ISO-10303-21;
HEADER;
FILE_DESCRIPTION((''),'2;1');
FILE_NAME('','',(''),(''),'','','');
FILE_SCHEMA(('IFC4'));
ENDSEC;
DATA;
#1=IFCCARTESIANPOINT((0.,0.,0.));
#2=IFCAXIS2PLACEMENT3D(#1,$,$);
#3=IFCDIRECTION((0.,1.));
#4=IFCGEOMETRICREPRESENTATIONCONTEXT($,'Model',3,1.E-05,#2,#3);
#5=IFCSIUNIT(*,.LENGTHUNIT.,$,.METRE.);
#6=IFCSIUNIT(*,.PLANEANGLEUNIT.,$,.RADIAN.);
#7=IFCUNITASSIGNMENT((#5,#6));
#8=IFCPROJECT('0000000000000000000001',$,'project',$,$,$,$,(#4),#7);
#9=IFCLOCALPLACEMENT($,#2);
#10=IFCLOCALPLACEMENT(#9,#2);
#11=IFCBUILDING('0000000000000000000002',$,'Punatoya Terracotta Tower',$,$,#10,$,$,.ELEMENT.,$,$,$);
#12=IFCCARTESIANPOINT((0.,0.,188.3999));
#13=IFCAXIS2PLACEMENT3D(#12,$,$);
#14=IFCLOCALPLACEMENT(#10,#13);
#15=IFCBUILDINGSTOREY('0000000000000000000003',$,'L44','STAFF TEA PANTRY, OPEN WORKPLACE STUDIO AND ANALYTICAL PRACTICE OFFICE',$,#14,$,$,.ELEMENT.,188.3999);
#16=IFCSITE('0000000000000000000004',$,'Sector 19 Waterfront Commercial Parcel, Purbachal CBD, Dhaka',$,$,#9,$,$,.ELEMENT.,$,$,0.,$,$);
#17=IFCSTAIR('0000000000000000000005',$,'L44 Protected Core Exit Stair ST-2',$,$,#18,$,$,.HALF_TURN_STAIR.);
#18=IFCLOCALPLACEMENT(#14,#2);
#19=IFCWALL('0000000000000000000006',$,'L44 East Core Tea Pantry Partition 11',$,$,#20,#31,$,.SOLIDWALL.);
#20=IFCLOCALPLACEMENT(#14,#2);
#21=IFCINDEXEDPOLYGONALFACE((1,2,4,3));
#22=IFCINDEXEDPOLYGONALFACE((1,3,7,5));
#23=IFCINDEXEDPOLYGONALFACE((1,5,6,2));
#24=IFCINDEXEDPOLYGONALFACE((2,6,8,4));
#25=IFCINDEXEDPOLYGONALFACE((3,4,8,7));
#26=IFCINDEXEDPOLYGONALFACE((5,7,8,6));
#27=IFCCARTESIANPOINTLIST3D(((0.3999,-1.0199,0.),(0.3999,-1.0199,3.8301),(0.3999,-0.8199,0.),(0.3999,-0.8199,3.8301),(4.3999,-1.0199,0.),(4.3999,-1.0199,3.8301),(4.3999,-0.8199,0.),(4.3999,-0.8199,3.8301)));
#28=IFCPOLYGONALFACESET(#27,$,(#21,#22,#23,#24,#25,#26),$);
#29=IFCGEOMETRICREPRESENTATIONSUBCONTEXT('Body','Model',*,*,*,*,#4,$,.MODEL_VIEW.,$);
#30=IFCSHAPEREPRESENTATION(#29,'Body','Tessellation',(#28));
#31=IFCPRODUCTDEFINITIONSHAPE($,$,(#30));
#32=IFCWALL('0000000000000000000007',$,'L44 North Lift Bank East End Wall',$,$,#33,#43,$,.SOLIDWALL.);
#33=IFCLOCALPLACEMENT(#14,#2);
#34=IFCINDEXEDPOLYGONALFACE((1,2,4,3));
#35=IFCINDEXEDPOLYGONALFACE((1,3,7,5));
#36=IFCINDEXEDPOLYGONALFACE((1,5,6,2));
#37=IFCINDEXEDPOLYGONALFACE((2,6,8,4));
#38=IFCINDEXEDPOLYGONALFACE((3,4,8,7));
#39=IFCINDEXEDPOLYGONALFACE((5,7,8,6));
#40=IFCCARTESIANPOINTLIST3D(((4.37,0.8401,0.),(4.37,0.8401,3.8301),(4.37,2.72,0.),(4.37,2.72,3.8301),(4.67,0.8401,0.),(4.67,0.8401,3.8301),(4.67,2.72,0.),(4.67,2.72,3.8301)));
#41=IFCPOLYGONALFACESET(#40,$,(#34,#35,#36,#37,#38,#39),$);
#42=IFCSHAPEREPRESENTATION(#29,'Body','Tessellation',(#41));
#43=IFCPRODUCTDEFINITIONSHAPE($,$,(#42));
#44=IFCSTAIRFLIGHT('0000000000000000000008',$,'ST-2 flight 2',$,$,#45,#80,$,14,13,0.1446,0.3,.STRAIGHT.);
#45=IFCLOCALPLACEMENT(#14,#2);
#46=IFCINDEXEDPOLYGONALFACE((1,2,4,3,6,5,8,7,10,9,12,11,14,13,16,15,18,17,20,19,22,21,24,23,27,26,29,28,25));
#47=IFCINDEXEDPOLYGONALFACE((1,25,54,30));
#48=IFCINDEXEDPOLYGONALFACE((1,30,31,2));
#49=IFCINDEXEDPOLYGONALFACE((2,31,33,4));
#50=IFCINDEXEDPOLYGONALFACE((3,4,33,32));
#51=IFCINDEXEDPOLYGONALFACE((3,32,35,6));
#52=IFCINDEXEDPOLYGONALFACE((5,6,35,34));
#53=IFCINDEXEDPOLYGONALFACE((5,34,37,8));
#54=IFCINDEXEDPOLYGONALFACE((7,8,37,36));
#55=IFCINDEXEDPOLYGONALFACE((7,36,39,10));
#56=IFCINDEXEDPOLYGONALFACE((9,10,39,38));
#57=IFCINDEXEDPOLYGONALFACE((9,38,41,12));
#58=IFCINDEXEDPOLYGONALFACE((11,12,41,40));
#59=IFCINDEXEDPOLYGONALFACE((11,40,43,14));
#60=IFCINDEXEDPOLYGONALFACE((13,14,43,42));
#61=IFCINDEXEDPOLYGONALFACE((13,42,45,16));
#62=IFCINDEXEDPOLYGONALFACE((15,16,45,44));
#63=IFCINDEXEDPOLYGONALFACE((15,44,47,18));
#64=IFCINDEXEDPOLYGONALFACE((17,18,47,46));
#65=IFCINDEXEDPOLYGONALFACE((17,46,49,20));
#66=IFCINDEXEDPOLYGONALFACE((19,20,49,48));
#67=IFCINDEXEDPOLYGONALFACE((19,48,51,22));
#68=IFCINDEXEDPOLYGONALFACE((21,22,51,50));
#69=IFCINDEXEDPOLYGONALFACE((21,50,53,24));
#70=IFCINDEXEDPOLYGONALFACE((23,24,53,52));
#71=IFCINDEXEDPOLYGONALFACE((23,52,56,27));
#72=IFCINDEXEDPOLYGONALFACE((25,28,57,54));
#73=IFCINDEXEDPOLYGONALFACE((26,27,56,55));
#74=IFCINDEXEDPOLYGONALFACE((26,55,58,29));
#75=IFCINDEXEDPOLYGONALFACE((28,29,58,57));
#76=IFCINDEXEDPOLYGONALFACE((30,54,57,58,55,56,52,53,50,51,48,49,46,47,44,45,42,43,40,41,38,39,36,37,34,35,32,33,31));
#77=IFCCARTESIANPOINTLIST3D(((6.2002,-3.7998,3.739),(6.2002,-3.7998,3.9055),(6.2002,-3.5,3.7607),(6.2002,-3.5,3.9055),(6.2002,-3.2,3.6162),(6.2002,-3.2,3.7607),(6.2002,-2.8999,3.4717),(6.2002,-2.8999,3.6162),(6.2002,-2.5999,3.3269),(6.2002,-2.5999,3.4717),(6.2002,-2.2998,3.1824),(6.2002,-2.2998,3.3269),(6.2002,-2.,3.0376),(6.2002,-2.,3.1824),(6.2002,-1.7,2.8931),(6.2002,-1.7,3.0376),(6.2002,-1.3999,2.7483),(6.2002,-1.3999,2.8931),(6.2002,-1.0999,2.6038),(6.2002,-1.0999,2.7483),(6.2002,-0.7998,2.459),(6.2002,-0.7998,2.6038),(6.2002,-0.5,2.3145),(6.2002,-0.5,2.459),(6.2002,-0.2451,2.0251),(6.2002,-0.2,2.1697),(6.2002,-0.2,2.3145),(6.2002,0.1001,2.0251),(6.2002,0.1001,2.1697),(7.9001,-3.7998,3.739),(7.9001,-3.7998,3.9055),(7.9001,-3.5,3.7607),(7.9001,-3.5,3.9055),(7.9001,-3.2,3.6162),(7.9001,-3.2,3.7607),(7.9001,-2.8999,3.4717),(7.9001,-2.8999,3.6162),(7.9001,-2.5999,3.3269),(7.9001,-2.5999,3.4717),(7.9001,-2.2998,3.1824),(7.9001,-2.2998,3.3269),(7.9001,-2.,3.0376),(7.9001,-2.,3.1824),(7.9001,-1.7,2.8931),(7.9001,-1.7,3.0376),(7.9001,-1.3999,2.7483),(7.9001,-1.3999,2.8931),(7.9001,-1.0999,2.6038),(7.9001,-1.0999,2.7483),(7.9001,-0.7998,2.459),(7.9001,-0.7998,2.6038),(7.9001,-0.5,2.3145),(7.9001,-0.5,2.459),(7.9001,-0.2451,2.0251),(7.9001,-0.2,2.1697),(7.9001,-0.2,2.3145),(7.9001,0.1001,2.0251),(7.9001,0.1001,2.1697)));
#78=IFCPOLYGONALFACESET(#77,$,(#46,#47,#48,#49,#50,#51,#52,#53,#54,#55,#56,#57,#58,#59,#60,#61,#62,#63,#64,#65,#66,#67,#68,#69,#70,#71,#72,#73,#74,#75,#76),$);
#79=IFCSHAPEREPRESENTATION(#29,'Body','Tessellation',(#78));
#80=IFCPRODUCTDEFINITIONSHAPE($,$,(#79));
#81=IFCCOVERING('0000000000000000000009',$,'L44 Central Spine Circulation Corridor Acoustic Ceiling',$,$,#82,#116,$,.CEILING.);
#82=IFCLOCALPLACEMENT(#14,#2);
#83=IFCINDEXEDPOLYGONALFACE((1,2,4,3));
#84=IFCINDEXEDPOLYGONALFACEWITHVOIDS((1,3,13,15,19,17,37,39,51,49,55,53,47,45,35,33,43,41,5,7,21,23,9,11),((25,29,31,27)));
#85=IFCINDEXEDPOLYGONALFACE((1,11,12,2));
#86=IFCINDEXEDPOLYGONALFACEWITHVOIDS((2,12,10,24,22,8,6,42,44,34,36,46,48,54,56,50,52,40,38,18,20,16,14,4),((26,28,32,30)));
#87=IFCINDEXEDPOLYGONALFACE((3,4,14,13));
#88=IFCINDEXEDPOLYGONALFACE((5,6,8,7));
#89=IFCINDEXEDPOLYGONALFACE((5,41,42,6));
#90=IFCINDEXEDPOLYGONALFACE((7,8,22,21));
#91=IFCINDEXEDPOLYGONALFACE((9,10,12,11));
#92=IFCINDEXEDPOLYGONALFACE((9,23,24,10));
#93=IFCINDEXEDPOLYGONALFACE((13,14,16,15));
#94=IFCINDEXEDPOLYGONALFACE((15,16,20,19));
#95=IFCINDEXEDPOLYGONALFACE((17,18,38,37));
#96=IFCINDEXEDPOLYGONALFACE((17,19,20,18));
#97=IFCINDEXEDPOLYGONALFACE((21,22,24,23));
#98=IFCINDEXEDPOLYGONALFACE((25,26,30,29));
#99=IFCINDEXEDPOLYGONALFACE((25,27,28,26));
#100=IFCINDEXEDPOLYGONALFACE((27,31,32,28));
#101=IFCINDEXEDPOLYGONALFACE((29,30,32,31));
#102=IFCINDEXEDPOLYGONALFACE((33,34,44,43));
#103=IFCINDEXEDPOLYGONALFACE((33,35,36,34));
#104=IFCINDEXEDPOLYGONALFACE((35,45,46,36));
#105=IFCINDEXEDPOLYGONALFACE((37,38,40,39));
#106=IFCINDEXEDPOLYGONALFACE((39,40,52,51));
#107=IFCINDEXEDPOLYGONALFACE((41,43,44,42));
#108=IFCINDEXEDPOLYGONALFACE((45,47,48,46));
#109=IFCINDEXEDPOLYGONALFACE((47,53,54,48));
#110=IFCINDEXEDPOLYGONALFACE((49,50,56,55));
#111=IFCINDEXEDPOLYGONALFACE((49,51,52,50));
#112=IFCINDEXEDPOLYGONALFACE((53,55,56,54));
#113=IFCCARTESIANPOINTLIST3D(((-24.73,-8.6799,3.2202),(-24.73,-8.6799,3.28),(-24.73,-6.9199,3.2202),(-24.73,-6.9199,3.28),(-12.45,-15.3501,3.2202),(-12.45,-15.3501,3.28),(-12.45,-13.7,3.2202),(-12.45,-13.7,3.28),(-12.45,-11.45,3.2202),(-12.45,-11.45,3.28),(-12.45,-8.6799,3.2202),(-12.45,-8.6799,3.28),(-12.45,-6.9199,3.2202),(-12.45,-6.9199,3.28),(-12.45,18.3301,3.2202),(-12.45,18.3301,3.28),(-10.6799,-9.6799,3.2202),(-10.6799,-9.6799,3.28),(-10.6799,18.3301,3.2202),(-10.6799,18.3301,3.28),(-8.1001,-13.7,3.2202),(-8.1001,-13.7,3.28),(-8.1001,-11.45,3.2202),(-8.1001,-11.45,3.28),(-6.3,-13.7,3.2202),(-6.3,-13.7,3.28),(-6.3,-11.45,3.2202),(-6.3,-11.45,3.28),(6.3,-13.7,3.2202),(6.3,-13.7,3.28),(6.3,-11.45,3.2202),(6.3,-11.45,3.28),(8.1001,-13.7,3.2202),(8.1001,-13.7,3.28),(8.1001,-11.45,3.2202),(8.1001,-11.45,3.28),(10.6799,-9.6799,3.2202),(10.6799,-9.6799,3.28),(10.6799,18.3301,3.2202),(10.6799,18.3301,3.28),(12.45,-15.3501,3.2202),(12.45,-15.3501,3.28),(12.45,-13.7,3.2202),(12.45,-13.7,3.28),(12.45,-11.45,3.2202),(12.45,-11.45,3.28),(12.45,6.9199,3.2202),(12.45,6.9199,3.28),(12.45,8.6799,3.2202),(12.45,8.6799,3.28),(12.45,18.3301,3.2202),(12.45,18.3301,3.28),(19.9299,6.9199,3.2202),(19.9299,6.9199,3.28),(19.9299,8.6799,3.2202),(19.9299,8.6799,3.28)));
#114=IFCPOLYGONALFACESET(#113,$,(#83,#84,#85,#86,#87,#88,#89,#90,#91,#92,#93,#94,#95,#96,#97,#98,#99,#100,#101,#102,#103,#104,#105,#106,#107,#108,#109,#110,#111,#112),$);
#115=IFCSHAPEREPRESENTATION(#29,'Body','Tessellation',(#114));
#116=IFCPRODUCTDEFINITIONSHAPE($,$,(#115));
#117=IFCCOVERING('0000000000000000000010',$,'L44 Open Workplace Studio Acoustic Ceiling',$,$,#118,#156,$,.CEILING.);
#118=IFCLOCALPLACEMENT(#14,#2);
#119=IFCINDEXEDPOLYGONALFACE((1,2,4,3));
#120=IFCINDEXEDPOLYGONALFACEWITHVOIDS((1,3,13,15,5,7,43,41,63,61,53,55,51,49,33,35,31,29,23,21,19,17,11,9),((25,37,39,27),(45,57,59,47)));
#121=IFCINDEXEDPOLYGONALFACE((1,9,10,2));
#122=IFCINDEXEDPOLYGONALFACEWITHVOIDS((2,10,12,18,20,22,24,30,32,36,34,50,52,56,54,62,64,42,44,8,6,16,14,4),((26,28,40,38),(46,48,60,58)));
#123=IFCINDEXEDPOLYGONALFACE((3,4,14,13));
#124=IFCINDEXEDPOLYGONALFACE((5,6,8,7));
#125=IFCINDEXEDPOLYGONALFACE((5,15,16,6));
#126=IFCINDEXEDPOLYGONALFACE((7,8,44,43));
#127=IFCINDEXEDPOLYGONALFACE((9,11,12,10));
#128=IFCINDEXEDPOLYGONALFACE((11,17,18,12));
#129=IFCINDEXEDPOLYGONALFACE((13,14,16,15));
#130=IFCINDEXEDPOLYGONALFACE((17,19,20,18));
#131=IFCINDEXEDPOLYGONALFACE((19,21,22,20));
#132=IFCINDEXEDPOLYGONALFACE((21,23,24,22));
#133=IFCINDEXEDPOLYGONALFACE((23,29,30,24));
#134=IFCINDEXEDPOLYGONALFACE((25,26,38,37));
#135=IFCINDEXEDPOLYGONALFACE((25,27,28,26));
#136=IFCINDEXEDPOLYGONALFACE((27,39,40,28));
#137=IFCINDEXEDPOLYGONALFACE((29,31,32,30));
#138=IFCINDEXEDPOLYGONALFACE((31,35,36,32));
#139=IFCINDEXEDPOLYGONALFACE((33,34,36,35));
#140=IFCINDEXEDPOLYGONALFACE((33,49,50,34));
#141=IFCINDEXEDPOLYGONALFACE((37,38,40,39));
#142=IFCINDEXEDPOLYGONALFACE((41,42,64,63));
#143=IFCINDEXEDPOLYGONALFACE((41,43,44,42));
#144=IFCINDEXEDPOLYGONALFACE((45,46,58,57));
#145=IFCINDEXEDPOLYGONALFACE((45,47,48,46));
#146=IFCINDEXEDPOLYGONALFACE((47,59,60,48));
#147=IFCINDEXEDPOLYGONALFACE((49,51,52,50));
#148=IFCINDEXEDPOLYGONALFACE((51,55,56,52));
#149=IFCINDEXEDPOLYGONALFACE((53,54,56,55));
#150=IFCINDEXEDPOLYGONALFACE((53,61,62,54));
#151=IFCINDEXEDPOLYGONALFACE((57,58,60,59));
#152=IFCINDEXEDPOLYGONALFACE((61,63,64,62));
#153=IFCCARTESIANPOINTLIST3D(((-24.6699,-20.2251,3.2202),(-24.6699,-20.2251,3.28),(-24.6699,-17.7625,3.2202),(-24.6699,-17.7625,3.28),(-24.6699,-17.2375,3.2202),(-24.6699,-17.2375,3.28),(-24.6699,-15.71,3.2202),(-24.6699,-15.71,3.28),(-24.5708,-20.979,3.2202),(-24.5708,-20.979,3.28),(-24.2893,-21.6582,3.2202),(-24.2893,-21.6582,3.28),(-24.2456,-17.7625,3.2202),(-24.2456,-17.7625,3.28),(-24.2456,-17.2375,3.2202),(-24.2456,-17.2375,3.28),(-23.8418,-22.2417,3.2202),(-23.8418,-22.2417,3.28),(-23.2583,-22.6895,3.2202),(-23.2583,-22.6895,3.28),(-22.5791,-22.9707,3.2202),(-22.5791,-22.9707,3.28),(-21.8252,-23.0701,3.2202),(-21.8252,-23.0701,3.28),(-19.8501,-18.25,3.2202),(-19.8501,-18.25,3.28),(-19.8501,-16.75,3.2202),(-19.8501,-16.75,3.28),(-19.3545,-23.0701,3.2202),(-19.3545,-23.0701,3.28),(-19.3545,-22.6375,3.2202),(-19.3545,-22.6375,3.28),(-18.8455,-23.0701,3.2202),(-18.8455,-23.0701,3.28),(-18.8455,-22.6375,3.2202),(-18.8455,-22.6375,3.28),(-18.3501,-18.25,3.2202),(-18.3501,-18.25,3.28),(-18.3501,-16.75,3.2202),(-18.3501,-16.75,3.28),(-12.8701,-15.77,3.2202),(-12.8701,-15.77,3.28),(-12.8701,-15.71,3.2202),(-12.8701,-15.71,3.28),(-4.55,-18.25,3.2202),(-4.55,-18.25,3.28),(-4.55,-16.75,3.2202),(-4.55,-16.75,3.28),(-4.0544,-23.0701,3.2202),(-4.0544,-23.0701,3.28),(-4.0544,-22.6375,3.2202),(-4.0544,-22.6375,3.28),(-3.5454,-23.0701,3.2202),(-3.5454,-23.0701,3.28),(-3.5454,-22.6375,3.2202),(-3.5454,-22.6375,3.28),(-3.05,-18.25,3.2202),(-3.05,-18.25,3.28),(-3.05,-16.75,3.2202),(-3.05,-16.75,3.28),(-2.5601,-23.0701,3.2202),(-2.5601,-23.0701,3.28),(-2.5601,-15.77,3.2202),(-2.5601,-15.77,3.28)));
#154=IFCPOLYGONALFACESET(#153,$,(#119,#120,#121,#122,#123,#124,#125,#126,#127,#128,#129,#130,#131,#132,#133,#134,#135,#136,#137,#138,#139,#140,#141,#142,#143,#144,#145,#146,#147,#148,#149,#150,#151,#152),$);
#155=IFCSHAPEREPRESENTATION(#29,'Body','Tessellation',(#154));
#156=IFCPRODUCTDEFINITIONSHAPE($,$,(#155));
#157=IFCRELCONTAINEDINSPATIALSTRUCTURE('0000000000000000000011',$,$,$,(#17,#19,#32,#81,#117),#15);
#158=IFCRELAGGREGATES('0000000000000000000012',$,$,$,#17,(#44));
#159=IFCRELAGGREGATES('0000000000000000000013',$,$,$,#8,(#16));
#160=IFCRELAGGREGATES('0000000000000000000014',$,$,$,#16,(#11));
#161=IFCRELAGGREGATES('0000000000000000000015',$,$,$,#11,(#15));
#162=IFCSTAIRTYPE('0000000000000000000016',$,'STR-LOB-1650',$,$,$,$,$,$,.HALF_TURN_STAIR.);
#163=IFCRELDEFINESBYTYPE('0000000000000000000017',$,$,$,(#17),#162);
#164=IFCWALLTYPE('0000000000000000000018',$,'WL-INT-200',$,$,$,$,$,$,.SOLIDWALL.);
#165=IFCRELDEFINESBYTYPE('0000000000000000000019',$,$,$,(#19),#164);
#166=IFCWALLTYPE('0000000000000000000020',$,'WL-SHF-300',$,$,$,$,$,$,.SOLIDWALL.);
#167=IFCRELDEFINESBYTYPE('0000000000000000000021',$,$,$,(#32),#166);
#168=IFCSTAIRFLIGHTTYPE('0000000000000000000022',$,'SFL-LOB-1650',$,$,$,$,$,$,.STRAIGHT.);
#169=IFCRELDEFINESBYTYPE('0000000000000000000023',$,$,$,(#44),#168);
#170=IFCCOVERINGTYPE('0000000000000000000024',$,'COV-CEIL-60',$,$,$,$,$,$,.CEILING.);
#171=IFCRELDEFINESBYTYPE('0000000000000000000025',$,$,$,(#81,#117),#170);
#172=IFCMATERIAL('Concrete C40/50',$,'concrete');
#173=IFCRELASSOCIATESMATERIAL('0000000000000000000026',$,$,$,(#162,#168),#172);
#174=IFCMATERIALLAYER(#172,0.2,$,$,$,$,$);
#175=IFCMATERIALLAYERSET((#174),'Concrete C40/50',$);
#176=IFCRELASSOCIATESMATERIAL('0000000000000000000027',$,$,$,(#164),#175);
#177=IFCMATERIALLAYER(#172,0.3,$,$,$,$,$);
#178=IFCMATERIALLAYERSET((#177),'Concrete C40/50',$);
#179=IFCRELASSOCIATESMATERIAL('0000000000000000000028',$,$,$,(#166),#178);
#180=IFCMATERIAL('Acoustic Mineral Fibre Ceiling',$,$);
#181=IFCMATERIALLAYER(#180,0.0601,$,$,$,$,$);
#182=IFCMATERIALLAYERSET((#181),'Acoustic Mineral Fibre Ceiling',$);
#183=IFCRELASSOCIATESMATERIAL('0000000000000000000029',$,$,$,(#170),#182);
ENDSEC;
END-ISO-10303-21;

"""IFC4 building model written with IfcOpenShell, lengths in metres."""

from ifc_helpers import new_model, si_unit, direction, frame, frame_2d, origin, place, context, subcontext, project, spatial, polyline, rectangle, outline, extrude, material, layer, layer_set, type_object, element, aggregate, save


model = new_model("IFC4")

# Units and contexts
model_context = context("Model", 3, precision=1e-05, world=origin(), true_north=direction((0.0, 1.0)))
body_context = subcontext(model_context, "Body", "Model", "MODEL_VIEW")
ifc_project = project(units=[si_unit("LENGTHUNIT", "METRE"), si_unit("PLANEANGLEUNIT", "RADIAN")], contexts=[model_context])

# Site, building, storey
site_placement = place(None, origin())
site = spatial("IfcSite", under=ifc_project, at=site_placement, Name="Sector 19 Waterfront Commercial Parcel, Purbachal CBD, Dhaka", CompositionType="ELEMENT", RefElevation=0.0)
building_placement = place(site_placement, origin())
building = spatial("IfcBuilding", under=site, at=building_placement, Name="Punatoya Terracotta Tower", CompositionType="ELEMENT")
storey_placement = place(building_placement, frame((0.0, 0.0, 188.3999)))
storey = spatial("IfcBuildingStorey", under=building, at=storey_placement, Name="L44", Description="STAFF TEA PANTRY, OPEN WORKPLACE STUDIO AND ANALYTICAL PRACTICE OFFICE", CompositionType="ELEMENT", Elevation=188.3999)

# Stair
ifc_material_1 = material(Name="Concrete C40/50", Category="concrete")
stair_type_1 = type_object("IfcStairType", Name="STR-LOB-1650", PredefinedType="HALF_TURN_STAIR", material=ifc_material_1)
stair_1_placement = place(storey_placement, origin())
stair_1 = element("IfcStair", 1, at=stair_1_placement, inside=storey, type_object=stair_type_1, Name="L44 Protected Core Exit Stair ST-2", PredefinedType="HALF_TURN_STAIR")

# Walls
ifc_layer_1 = layer(ifc_material_1, 0.2)
ifc_layer_set_1 = layer_set([ifc_layer_1], Name="Concrete C40/50")
wall_type_1 = type_object("IfcWallType", Name="WL-INT-200", PredefinedType="SOLIDWALL", material=ifc_layer_set_1)
wall_1_placement = place(storey_placement, frame((4.3999, -0.9199, 0.0), z_axis=(0.0, 0.0, 1.0), x_axis=(-1.0, 0.0, 0.0)))
element("IfcWall", 2, at=wall_1_placement, inside=storey, type_object=wall_type_1, Name="L44 East Core Tea Pantry Partition 11", PredefinedType="SOLIDWALL", context=body_context, shape_type="SweptSolid", body=[
    extrude(rectangle(XDim=4.0, YDim=0.2, at=frame_2d((2.0, 0.0))), origin(), (0.0, 0.0, 1.0), 3.8301),
])
ifc_layer_2 = layer(ifc_material_1, 0.3)
ifc_layer_set_2 = layer_set([ifc_layer_2], Name="Concrete C40/50")
wall_type_2 = type_object("IfcWallType", Name="WL-SHF-300", PredefinedType="SOLIDWALL", material=ifc_layer_set_2)
wall_2_placement = place(storey_placement, frame((4.52, 0.8401, 0.0), z_axis=(0.0, 0.0, 1.0), x_axis=(0.0, 1.0, 0.0)))
element("IfcWall", 3, at=wall_2_placement, inside=storey, type_object=wall_type_2, Name="L44 North Lift Bank East End Wall", PredefinedType="SOLIDWALL", context=body_context, shape_type="SweptSolid", body=[
    extrude(rectangle(XDim=1.8799, YDim=0.3, at=frame_2d((0.9399, 0.0))), origin(), (0.0, 0.0, 1.0), 3.8301),
])

# Stair flight
stair_flight_type = type_object("IfcStairFlightType", Name="SFL-LOB-1650", PredefinedType="STRAIGHT", material=ifc_material_1)
stair_flight_placement = place(storey_placement, frame((7.05, 0.1001, 2.0251), z_axis=(0.0, 0.0, 1.0), x_axis=(0.0, -1.0, 0.0)))
stair_flight = element("IfcStairFlight", 4, at=stair_flight_placement, type_object=stair_flight_type, Name="ST-2 flight 2", NumberOfRisers=14, NumberOfTreads=13, PredefinedType="STRAIGHT", RiserHeight=0.1446, TreadLength=0.3, context=body_context, shape_type="SweptSolid", body=[
    extrude(outline(polyline([(0.0, 0.0), (0.0, 0.1445), (0.3, 0.1445), (0.3, 0.2893), (0.6001, 0.2893), (0.6001, 0.4338), (0.8999, 0.4338), (0.8999, 0.5786), (1.2, 0.5786), (1.2, 0.7231), (1.5, 0.7231), (1.5, 0.8679), (1.8, 0.8679), (1.8, 1.0125), (2.1001, 1.0125), (2.1001, 1.1572), (2.3999, 1.1572), (2.3999, 1.3018), (2.7, 1.3018), (2.7, 1.4465), (3.0, 1.4465), (3.0, 1.5911), (3.3, 1.5911), (3.3, 1.7356), (3.6001, 1.7356), (3.6001, 1.8804), (3.8999, 1.8804), (3.8999, 2.0249), (3.8999, 1.7139), (0.3452, 0.0), (0.0, 0.0)])), frame((0.0, 0.8501, 0.0), z_axis=(0.0, -1.0, 0.0), x_axis=(1.0, 0.0, 0.0)), (0.0, 0.0, 1.0), 1.7),
])
aggregate(stair_1, [stair_flight])

# Coverings
ifc_material_2 = material(Name="Acoustic Mineral Fibre Ceiling")
ifc_layer_3 = layer(ifc_material_2, 0.0601)
ifc_layer_set_3 = layer_set([ifc_layer_3], Name="Acoustic Mineral Fibre Ceiling")
covering_type = type_object("IfcCoveringType", Name="COV-CEIL-60", PredefinedType="CEILING", material=ifc_layer_set_3)
covering_1_placement = place(storey_placement, frame((0.0, 0.0, 3.2202)))
element("IfcCovering", 5, at=covering_1_placement, inside=storey, type_object=covering_type, Name="L44 Central Spine Circulation Corridor Acoustic Ceiling", PredefinedType="CEILING", context=body_context, shape_type="SweptSolid", body=[
    extrude(outline(polyline([(8.1001, -13.7), (8.1001, -11.45), (12.45, -11.45), (12.45, 6.9199), (19.9299, 6.9199), (19.9299, 8.6799), (12.45, 8.6799), (12.45, 18.3301), (10.6799, 18.3301), (10.6799, -9.6799), (-10.6799, -9.6799), (-10.6799, 18.3301), (-12.45, 18.3301), (-12.45, -6.9199), (-24.73, -6.9199), (-24.73, -8.6799), (-12.45, -8.6799), (-12.45, -11.45), (-8.1001, -11.45), (-8.1001, -13.7), (-12.45, -13.7), (-12.45, -15.3501), (12.45, -15.3501), (12.45, -13.7), (8.1001, -13.7)]), holes=[polyline([(6.3, -11.45), (6.3, -13.7), (-6.3, -13.7), (-6.3, -11.45), (6.3, -11.45)])]), origin(), (0.0, 0.0, 1.0), 0.0598),
])
covering_2_placement = place(storey_placement, frame((0.0, 0.0, 3.2202)))
element("IfcCovering", 6, at=covering_2_placement, inside=storey, type_object=covering_type, Name="L44 Open Workplace Studio Acoustic Ceiling", PredefinedType="CEILING", context=body_context, shape_type="SweptSolid", body=[
    extrude(outline(polyline([(-12.8701, -15.77), (-12.8701, -15.71), (-24.6699, -15.71), (-24.6699, -17.2375), (-24.2456, -17.2375), (-24.2456, -17.7625), (-24.6699, -17.7625), (-24.6699, -20.2251), (-24.5708, -20.979), (-24.2893, -21.6582), (-23.8418, -22.2417), (-23.2583, -22.6895), (-22.5791, -22.9707), (-21.8252, -23.0701), (-19.3545, -23.0701), (-19.3545, -22.6375), (-18.8455, -22.6375), (-18.8455, -23.0701), (-4.0544, -23.0701), (-4.0544, -22.6375), (-3.5454, -22.6375), (-3.5454, -23.0701), (-2.5601, -23.0701), (-2.5601, -15.77), (-12.8701, -15.77)]), holes=[polyline([(-4.55, -16.75), (-3.05, -16.75), (-3.05, -18.25), (-4.55, -18.25), (-4.55, -16.75)]), polyline([(-19.8501, -18.25), (-19.8501, -16.75), (-18.3501, -16.75), (-18.3501, -18.25), (-19.8501, -18.25)])]), origin(), (0.0, 0.0, 1.0), 0.0598),
])

save(model, "model.ifc")
